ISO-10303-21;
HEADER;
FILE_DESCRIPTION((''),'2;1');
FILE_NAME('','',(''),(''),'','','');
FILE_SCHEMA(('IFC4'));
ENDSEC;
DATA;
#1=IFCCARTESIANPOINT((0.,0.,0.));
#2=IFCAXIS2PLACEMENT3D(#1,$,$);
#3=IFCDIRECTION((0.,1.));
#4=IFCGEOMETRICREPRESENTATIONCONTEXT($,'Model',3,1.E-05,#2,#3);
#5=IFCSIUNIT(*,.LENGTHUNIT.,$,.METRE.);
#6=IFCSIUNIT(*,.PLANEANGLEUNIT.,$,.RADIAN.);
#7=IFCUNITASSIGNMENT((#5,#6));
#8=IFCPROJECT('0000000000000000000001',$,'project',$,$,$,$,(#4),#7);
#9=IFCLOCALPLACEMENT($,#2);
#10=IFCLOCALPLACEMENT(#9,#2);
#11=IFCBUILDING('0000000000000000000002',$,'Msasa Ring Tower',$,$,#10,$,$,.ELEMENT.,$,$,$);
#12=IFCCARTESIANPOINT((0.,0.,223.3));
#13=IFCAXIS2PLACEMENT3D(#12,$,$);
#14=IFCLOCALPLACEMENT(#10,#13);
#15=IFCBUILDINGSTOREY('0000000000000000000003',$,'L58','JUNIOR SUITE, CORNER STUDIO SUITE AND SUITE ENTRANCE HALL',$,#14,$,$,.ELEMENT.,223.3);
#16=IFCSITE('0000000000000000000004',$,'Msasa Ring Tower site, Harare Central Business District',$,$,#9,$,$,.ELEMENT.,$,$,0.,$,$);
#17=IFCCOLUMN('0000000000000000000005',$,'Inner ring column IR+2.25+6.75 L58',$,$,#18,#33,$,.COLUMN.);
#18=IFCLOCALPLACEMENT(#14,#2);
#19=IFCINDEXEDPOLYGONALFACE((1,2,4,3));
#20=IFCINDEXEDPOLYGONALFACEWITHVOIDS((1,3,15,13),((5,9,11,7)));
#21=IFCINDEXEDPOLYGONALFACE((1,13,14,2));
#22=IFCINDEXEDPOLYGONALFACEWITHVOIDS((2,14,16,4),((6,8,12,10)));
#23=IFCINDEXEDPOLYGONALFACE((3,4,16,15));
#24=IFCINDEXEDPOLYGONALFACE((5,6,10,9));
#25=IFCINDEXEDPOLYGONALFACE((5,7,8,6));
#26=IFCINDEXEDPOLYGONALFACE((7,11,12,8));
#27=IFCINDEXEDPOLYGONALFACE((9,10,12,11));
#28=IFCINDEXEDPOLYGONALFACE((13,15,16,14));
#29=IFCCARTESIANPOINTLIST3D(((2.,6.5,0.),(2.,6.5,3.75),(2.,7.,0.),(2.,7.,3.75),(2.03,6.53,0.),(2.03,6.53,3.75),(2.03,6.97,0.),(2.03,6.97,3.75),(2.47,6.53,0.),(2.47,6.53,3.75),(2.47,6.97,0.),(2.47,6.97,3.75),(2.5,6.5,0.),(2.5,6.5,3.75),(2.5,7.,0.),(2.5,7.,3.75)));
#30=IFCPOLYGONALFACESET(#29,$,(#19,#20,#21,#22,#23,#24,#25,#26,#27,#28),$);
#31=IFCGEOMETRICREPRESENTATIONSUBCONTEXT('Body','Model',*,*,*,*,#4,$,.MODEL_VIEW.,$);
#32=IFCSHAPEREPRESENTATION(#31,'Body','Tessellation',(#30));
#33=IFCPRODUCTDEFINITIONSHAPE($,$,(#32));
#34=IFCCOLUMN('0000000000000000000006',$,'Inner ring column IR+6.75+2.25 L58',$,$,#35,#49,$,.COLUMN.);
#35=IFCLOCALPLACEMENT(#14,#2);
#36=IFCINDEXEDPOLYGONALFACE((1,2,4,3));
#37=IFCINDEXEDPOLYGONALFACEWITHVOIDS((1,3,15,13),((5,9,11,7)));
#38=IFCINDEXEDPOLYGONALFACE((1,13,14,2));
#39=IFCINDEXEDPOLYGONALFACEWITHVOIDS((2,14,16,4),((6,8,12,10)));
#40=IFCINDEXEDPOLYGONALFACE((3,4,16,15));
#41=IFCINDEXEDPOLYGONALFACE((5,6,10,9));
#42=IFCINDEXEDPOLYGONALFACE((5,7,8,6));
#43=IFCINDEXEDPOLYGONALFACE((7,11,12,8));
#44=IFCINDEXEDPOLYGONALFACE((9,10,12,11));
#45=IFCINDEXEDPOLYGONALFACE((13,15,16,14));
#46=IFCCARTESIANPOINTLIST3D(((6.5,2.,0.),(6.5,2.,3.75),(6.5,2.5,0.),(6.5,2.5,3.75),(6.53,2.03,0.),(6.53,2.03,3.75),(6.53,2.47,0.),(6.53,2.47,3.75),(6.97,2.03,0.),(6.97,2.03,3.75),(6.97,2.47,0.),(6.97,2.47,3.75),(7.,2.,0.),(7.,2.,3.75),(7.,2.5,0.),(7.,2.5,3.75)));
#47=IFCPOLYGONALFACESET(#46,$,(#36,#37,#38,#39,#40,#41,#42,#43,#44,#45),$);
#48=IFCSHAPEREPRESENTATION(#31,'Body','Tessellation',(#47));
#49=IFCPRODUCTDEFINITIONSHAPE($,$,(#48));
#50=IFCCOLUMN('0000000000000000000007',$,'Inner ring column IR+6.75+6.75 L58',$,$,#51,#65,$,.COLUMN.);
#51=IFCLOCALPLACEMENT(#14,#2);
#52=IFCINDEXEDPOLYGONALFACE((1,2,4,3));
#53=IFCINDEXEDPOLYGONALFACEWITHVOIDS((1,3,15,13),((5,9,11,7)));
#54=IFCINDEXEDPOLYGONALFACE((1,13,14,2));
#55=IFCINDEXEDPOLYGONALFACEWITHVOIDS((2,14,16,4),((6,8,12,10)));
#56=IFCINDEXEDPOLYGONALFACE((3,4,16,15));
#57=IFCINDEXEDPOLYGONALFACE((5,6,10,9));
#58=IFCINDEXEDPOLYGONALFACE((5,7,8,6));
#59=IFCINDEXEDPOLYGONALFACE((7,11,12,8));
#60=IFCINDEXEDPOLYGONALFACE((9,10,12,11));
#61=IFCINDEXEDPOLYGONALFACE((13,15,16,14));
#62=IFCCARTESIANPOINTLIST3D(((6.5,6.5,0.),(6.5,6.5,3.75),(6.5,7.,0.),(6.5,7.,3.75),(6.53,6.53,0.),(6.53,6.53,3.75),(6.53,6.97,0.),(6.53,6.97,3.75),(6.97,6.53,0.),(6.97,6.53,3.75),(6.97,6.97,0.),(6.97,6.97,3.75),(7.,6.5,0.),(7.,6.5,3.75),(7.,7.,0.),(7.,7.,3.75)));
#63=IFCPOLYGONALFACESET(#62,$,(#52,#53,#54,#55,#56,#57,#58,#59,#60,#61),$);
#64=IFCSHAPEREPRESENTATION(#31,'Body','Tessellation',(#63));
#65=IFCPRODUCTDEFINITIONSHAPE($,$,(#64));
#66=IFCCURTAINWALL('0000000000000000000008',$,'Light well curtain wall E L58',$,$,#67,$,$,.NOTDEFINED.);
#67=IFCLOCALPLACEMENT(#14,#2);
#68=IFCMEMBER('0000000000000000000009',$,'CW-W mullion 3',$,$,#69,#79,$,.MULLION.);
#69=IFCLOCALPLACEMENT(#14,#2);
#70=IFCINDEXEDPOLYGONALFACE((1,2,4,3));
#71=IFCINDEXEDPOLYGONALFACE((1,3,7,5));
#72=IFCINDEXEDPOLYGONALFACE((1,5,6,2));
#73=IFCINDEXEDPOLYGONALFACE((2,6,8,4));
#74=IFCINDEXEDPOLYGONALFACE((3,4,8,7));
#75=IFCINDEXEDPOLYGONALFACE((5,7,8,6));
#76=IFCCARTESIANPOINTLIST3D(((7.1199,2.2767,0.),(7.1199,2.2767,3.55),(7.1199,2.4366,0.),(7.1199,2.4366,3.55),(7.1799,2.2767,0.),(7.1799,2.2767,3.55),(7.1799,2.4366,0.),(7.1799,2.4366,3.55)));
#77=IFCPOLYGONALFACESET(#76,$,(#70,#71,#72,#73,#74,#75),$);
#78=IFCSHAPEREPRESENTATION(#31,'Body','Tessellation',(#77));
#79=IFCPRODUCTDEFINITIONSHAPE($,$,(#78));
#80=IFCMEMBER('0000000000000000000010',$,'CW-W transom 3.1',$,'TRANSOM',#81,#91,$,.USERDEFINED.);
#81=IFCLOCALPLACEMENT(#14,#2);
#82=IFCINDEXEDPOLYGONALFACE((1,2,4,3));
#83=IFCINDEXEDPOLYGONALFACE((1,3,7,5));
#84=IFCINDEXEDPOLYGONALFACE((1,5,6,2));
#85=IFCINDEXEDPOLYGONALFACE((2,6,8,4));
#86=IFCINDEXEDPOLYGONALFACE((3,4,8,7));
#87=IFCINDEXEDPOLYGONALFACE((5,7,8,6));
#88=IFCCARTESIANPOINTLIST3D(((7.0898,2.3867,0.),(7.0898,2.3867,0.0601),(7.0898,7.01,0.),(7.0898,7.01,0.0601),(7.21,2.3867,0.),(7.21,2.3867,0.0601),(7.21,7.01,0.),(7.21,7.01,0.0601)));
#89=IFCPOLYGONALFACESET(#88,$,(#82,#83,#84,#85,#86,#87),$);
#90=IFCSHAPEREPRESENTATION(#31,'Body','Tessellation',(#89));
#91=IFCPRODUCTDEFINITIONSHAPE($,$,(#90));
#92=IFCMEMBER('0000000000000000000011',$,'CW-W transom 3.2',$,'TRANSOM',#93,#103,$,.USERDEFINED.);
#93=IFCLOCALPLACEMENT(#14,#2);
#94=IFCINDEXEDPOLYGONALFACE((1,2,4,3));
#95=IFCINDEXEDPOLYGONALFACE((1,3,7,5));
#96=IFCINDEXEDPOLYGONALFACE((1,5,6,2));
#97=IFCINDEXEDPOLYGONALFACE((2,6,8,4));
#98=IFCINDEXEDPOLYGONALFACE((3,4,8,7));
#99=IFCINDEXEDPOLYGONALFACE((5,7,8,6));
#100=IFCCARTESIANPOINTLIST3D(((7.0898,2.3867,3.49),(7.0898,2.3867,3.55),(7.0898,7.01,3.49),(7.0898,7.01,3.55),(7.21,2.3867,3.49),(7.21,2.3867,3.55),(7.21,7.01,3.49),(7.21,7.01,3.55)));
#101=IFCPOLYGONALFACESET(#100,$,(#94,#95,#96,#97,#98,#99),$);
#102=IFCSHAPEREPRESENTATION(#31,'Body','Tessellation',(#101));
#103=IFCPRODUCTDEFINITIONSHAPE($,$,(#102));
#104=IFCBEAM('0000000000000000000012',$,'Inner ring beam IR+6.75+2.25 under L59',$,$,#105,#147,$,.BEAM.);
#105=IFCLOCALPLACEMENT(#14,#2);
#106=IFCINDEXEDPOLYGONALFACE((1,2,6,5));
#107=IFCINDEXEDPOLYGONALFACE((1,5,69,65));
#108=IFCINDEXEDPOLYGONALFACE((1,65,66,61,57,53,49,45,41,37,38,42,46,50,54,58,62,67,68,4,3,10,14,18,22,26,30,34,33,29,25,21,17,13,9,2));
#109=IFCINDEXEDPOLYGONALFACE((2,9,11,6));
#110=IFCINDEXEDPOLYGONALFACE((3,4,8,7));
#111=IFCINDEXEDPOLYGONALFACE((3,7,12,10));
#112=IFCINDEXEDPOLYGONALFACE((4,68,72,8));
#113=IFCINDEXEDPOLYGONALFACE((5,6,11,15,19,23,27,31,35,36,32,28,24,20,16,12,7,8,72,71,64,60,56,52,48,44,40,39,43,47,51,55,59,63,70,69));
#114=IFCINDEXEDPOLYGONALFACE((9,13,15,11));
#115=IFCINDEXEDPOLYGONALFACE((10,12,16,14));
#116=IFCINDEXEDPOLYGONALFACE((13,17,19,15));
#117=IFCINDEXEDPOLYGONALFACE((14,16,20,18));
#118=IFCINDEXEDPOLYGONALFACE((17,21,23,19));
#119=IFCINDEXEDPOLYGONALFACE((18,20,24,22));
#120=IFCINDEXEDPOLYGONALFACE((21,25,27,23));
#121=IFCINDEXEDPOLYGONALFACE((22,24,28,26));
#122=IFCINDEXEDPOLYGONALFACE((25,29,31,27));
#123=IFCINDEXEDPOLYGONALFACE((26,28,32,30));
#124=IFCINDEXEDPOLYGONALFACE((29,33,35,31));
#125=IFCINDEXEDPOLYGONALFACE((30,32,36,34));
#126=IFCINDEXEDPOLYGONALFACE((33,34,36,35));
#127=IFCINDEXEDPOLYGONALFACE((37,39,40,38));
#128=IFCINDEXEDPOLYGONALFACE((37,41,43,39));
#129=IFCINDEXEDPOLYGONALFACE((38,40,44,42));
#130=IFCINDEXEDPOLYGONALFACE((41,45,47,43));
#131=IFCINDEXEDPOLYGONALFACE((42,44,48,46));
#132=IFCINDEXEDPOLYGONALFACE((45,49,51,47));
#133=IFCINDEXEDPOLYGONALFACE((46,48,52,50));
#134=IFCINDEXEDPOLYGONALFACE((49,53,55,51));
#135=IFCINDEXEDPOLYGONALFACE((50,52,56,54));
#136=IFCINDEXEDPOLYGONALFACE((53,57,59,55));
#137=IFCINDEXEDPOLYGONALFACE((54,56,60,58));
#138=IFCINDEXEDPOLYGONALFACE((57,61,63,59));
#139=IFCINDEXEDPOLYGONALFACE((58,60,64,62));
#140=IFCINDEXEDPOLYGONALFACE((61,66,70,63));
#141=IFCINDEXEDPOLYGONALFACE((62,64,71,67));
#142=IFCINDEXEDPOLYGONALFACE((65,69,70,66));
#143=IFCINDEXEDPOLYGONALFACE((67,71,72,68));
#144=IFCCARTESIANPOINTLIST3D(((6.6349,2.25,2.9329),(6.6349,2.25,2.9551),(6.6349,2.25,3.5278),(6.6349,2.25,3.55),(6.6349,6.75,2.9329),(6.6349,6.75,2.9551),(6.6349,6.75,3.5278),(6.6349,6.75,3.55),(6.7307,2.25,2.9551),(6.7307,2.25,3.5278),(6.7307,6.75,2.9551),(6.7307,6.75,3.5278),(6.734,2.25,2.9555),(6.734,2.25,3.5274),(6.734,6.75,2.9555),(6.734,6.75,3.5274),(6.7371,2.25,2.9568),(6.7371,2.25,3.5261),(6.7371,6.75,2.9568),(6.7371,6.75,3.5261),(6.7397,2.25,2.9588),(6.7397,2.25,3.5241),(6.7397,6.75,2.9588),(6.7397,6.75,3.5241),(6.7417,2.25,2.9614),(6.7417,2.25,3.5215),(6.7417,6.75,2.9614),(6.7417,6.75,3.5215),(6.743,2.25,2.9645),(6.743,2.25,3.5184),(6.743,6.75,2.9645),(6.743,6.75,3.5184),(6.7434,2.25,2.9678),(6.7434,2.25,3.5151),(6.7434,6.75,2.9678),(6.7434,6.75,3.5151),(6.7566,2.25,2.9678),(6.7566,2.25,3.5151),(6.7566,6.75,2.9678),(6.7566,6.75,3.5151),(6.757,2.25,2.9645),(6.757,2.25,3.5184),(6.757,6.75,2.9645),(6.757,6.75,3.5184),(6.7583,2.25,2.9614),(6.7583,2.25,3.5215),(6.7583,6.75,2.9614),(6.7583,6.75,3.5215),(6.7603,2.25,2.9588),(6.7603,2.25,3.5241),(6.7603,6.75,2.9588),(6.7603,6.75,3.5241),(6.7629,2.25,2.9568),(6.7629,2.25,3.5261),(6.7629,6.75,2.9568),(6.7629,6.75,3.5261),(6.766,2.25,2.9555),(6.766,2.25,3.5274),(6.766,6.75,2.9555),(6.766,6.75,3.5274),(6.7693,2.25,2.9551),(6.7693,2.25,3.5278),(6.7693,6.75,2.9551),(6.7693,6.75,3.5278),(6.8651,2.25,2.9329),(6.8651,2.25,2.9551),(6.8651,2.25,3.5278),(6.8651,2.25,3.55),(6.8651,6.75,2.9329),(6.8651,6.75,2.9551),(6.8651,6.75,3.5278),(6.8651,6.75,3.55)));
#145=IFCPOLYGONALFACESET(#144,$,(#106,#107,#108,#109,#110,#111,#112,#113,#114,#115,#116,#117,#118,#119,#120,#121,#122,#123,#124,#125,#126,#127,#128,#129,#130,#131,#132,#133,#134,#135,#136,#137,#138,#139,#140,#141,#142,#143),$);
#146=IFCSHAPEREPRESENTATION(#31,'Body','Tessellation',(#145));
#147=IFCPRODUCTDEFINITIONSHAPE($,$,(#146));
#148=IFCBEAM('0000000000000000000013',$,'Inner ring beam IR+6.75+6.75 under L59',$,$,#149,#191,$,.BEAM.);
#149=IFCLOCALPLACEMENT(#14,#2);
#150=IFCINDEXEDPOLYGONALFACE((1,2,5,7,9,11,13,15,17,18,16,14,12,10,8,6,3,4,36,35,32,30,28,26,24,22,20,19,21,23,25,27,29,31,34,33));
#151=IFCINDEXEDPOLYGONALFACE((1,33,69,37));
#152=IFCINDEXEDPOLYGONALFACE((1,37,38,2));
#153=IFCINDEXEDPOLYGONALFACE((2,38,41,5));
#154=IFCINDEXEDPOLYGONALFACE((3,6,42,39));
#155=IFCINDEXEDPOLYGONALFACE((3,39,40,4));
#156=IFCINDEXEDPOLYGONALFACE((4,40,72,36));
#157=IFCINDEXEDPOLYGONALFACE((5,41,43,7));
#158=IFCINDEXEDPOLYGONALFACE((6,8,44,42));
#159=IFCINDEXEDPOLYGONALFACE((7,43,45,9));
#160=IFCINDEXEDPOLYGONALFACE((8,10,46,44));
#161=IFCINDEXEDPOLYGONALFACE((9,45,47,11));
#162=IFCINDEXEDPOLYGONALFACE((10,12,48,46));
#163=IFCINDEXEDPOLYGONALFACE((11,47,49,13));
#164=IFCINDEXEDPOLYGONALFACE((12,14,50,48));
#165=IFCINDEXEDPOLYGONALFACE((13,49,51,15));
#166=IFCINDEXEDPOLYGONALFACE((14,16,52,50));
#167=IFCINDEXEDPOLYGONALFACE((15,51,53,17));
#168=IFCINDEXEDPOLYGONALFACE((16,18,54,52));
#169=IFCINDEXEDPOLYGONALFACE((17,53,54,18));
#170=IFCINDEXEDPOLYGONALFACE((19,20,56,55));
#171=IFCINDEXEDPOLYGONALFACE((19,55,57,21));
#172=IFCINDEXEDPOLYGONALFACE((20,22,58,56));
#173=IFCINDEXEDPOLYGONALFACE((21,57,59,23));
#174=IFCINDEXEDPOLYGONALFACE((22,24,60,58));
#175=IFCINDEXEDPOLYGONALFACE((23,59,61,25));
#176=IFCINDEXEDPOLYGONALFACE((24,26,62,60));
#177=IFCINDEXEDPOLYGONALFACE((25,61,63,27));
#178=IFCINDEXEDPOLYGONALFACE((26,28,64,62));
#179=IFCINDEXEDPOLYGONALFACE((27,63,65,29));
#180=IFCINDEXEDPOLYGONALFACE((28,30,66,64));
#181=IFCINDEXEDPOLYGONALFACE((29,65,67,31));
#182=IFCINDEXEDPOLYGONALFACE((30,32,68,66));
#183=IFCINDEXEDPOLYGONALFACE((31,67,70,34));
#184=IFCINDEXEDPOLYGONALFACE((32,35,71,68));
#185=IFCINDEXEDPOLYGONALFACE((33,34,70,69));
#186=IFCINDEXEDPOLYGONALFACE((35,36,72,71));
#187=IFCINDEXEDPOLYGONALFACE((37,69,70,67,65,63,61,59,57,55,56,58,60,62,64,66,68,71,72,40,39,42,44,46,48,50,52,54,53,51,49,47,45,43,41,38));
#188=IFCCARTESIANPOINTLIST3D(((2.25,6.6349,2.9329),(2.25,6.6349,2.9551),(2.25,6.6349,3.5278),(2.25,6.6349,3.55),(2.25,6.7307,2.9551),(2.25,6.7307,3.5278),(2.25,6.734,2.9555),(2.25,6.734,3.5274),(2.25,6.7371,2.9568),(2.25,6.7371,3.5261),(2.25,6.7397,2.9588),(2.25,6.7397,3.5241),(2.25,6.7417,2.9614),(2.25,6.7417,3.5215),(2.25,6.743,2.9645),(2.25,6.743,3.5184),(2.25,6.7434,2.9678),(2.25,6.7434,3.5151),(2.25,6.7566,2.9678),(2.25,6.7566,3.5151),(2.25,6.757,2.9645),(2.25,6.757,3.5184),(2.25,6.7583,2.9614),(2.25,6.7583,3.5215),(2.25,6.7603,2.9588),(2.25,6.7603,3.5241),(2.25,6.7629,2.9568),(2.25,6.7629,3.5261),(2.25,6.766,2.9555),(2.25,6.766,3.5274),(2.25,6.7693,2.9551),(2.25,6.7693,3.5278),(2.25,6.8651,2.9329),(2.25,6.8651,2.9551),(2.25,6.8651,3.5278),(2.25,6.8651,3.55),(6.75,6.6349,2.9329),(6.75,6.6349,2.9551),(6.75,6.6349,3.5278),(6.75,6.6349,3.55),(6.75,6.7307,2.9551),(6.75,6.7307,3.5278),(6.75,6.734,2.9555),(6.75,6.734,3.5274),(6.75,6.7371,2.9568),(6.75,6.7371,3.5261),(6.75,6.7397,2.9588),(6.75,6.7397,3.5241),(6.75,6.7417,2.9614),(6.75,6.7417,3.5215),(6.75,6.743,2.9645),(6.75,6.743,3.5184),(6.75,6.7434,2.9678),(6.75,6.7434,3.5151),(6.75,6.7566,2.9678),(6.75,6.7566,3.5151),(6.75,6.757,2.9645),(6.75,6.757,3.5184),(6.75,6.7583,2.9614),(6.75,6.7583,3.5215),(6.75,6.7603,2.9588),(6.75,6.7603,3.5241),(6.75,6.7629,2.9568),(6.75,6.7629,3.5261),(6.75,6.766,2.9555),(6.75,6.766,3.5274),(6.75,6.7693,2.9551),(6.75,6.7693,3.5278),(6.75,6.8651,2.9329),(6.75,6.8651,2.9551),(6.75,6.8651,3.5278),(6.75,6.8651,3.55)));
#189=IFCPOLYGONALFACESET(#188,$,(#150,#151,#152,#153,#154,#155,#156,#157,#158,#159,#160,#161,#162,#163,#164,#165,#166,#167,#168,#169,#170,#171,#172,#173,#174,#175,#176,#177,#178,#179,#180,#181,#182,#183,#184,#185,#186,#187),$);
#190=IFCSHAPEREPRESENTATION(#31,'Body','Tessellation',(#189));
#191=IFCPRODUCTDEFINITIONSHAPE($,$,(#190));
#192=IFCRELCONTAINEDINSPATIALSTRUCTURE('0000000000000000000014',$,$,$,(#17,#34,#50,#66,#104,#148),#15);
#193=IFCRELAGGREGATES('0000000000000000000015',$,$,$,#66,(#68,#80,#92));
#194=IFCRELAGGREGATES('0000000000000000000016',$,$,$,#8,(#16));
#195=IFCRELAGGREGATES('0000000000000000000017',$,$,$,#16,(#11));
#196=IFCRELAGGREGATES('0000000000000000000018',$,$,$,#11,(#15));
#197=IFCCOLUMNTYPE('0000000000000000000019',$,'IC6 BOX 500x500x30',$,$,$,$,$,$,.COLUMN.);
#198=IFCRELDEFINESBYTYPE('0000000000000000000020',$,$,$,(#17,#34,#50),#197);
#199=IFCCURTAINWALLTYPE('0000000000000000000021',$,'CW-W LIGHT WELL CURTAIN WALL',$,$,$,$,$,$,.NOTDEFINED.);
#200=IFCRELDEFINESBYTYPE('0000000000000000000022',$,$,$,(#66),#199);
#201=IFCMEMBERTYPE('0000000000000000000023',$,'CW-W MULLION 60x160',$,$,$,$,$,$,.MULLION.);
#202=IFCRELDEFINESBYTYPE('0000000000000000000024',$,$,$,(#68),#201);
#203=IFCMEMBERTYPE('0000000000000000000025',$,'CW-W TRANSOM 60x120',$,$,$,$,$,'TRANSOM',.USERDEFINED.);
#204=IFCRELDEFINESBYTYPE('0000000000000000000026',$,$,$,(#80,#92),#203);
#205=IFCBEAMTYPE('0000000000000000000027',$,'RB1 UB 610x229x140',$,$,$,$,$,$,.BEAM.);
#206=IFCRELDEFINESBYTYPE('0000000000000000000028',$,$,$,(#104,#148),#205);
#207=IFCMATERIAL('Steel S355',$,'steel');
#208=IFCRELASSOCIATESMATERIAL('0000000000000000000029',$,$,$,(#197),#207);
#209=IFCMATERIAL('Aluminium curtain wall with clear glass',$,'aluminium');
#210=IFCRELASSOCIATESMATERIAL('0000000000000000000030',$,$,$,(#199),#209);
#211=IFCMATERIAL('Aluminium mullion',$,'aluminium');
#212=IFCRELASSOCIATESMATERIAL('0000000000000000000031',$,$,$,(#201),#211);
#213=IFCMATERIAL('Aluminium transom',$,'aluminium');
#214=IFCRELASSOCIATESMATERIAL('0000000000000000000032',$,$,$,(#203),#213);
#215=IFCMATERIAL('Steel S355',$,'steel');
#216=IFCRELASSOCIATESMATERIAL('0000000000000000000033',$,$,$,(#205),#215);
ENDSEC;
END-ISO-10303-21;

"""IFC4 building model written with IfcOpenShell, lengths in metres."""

from ifc_helpers import new_model, si_unit, direction, frame, origin, origin_2d, place, context, subcontext, project, spatial, rectangle, hollow_rectangle, i_section, extrude, material, material_profile, profile_set, type_object, element, aggregate, save


model = new_model("IFC4")

# Units and contexts
model_context = context("Model", 3, precision=1e-05, world=origin(), true_north=direction((0.0, 1.0)))
body_context = subcontext(model_context, "Body", "Model", "MODEL_VIEW")
ifc_project = project(units=[si_unit("LENGTHUNIT", "METRE"), si_unit("PLANEANGLEUNIT", "RADIAN")], contexts=[model_context])

# Site, building, storey
site_placement = place(None, origin())
site = spatial("IfcSite", under=ifc_project, at=site_placement, Name="Msasa Ring Tower site, Harare Central Business District", CompositionType="ELEMENT", RefElevation=0.0)
building_placement = place(site_placement, origin())
building = spatial("IfcBuilding", under=site, at=building_placement, Name="Msasa Ring Tower", CompositionType="ELEMENT")
storey_placement = place(building_placement, frame((0.0, 0.0, 223.3)))
storey = spatial("IfcBuildingStorey", under=building, at=storey_placement, Name="L58", Description="JUNIOR SUITE, CORNER STUDIO SUITE AND SUITE ENTRANCE HALL", CompositionType="ELEMENT", Elevation=223.3)

# Columns
ifc_material_1 = material(Name="Steel S355", Category="steel")
ifc_material_profile_1 = material_profile(ifc_material_1, hollow_rectangle(XDim=0.5, YDim=0.5, WallThickness=0.03, at=origin_2d()), Name="BOX 500x500x30")
ifc_profile_set_1 = profile_set([ifc_material_profile_1], Name="Steel S355")
column_type = type_object("IfcColumnType", Name="IC6 BOX 500x500x30", PredefinedType="COLUMN", material=ifc_profile_set_1)
for number, where, z_axis, x_axis, name in (
    (1, (2.25, 6.75, 0.0), (0.0, 0.0, 1.0), (1.0, 0.0, 0.0), "Inner ring column IR+2.25+6.75 L58"),
    (2, (6.75, 2.25, 0.0), (0.0, 0.0, 1.0), (1.0, 0.0, 0.0), "Inner ring column IR+6.75+2.25 L58"),
    (3, (6.75, 6.75, 0.0), (0.0, 0.0, 1.0), (1.0, 0.0, 0.0), "Inner ring column IR+6.75+6.75 L58"),
):
    element("IfcColumn", number, at=place(storey_placement, frame(where, z_axis=z_axis, x_axis=x_axis)), inside=storey, type_object=column_type, Name=name, PredefinedType="COLUMN", context=body_context, shape_type="SweptSolid", body=[
        extrude(hollow_rectangle(XDim=0.5, YDim=0.5, WallThickness=0.03, at=origin_2d()), origin(), (0.0, 0.0, 1.0), 3.75),
    ])

# Curtain wall, members
ifc_material_2 = material(Name="Aluminium curtain wall with clear glass", Category="aluminium")
curtain_wall_type = type_object("IfcCurtainWallType", Name="CW-W LIGHT WELL CURTAIN WALL", PredefinedType="NOTDEFINED", material=ifc_material_2)
curtain_wall_placement = place(storey_placement, origin())
curtain_wall = element("IfcCurtainWall", 4, at=curtain_wall_placement, inside=storey, type_object=curtain_wall_type, Name="Light well curtain wall E L58", PredefinedType="NOTDEFINED")
ifc_material_3 = material(Name="Aluminium mullion", Category="aluminium")
ifc_material_profile_2 = material_profile(ifc_material_3, rectangle(XDim=0.0601, YDim=0.1599, at=origin_2d()), Name="AL 60x160")
ifc_profile_set_2 = profile_set([ifc_material_profile_2], Name="Aluminium mullion")
member_type_1 = type_object("IfcMemberType", Name="CW-W MULLION 60x160", PredefinedType="MULLION", material=ifc_profile_set_2)
member_1_placement = place(storey_placement, frame((7.1499, 2.3567, 0.0), z_axis=(0.0, 0.0, 1.0), x_axis=(-1.0, 0.0, 0.0)))
member_1 = element("IfcMember", 5, at=member_1_placement, type_object=member_type_1, Name="CW-W mullion 3", PredefinedType="MULLION", context=body_context, shape_type="SweptSolid", body=[
    extrude(rectangle(XDim=0.0601, YDim=0.1599, at=origin_2d()), origin(), (0.0, 0.0, 1.0), 3.55),
])
ifc_material_4 = material(Name="Aluminium transom", Category="aluminium")
ifc_material_profile_3 = material_profile(ifc_material_4, rectangle(XDim=0.1201, YDim=0.0601, at=origin_2d()), Name="AL 60x120")
ifc_profile_set_3 = profile_set([ifc_material_profile_3], Name="Aluminium transom")
member_type_2 = type_object("IfcMemberType", Name="CW-W TRANSOM 60x120", ElementType="TRANSOM", PredefinedType="USERDEFINED", material=ifc_profile_set_3)
member_2_placement = place(storey_placement, frame((7.1499, 2.3867, 0.03), z_axis=(0.0, 1.0, 0.0), x_axis=(-1.0, 0.0, 0.0)))
member_2 = element("IfcMember", 6, at=member_2_placement, type_object=member_type_2, Name="CW-W transom 3.1", ObjectType="TRANSOM", PredefinedType="USERDEFINED", context=body_context, shape_type="SweptSolid", body=[
    extrude(rectangle(XDim=0.1201, YDim=0.0601, at=origin_2d()), origin(), (0.0, 0.0, 1.0), 4.6233),
])
member_3_placement = place(storey_placement, frame((7.1499, 2.3867, 3.52), z_axis=(0.0, 1.0, 0.0), x_axis=(-1.0, 0.0, 0.0)))
member_3 = element("IfcMember", 7, at=member_3_placement, type_object=member_type_2, Name="CW-W transom 3.2", ObjectType="TRANSOM", PredefinedType="USERDEFINED", context=body_context, shape_type="SweptSolid", body=[
    extrude(rectangle(XDim=0.1201, YDim=0.0601, at=origin_2d()), origin(), (0.0, 0.0, 1.0), 4.6233),
])

# Beams
ifc_material_5 = material(Name="Steel S355", Category="steel")
ifc_material_profile_4 = material_profile(ifc_material_5, i_section(OverallWidth=0.2302, OverallDepth=0.6172, WebThickness=0.0132, FlangeThickness=0.0222, FilletRadius=0.0127, at=origin_2d()), Name="UB 610x229x140")
ifc_profile_set_4 = profile_set([ifc_material_profile_4], Name="Steel S355")
beam_type = type_object("IfcBeamType", Name="RB1 UB 610x229x140", PredefinedType="BEAM", material=ifc_profile_set_4)
for number, where, z_axis, x_axis, name in (
    (8, (6.75, 2.25, 3.2415), (0.0, 1.0, 0.0), (-1.0, 0.0, 0.0), "Inner ring beam IR+6.75+2.25 under L59"),
    (9, (6.75, 6.75, 3.2415), (-1.0, 0.0, 0.0), (0.0, -1.0, 0.0), "Inner ring beam IR+6.75+6.75 under L59"),
):
    element("IfcBeam", number, at=place(storey_placement, frame(where, z_axis=z_axis, x_axis=x_axis)), inside=storey, type_object=beam_type, Name=name, PredefinedType="BEAM", context=body_context, shape_type="SweptSolid", body=[
        extrude(i_section(OverallWidth=0.2302, OverallDepth=0.6172, WebThickness=0.0132, FlangeThickness=0.0222, FilletRadius=0.0127, at=origin_2d()), origin(), (0.0, 0.0, 1.0), 4.5),
    ])

aggregate(curtain_wall, [member_1, member_2, member_3])

save(model, "model.ifc")
